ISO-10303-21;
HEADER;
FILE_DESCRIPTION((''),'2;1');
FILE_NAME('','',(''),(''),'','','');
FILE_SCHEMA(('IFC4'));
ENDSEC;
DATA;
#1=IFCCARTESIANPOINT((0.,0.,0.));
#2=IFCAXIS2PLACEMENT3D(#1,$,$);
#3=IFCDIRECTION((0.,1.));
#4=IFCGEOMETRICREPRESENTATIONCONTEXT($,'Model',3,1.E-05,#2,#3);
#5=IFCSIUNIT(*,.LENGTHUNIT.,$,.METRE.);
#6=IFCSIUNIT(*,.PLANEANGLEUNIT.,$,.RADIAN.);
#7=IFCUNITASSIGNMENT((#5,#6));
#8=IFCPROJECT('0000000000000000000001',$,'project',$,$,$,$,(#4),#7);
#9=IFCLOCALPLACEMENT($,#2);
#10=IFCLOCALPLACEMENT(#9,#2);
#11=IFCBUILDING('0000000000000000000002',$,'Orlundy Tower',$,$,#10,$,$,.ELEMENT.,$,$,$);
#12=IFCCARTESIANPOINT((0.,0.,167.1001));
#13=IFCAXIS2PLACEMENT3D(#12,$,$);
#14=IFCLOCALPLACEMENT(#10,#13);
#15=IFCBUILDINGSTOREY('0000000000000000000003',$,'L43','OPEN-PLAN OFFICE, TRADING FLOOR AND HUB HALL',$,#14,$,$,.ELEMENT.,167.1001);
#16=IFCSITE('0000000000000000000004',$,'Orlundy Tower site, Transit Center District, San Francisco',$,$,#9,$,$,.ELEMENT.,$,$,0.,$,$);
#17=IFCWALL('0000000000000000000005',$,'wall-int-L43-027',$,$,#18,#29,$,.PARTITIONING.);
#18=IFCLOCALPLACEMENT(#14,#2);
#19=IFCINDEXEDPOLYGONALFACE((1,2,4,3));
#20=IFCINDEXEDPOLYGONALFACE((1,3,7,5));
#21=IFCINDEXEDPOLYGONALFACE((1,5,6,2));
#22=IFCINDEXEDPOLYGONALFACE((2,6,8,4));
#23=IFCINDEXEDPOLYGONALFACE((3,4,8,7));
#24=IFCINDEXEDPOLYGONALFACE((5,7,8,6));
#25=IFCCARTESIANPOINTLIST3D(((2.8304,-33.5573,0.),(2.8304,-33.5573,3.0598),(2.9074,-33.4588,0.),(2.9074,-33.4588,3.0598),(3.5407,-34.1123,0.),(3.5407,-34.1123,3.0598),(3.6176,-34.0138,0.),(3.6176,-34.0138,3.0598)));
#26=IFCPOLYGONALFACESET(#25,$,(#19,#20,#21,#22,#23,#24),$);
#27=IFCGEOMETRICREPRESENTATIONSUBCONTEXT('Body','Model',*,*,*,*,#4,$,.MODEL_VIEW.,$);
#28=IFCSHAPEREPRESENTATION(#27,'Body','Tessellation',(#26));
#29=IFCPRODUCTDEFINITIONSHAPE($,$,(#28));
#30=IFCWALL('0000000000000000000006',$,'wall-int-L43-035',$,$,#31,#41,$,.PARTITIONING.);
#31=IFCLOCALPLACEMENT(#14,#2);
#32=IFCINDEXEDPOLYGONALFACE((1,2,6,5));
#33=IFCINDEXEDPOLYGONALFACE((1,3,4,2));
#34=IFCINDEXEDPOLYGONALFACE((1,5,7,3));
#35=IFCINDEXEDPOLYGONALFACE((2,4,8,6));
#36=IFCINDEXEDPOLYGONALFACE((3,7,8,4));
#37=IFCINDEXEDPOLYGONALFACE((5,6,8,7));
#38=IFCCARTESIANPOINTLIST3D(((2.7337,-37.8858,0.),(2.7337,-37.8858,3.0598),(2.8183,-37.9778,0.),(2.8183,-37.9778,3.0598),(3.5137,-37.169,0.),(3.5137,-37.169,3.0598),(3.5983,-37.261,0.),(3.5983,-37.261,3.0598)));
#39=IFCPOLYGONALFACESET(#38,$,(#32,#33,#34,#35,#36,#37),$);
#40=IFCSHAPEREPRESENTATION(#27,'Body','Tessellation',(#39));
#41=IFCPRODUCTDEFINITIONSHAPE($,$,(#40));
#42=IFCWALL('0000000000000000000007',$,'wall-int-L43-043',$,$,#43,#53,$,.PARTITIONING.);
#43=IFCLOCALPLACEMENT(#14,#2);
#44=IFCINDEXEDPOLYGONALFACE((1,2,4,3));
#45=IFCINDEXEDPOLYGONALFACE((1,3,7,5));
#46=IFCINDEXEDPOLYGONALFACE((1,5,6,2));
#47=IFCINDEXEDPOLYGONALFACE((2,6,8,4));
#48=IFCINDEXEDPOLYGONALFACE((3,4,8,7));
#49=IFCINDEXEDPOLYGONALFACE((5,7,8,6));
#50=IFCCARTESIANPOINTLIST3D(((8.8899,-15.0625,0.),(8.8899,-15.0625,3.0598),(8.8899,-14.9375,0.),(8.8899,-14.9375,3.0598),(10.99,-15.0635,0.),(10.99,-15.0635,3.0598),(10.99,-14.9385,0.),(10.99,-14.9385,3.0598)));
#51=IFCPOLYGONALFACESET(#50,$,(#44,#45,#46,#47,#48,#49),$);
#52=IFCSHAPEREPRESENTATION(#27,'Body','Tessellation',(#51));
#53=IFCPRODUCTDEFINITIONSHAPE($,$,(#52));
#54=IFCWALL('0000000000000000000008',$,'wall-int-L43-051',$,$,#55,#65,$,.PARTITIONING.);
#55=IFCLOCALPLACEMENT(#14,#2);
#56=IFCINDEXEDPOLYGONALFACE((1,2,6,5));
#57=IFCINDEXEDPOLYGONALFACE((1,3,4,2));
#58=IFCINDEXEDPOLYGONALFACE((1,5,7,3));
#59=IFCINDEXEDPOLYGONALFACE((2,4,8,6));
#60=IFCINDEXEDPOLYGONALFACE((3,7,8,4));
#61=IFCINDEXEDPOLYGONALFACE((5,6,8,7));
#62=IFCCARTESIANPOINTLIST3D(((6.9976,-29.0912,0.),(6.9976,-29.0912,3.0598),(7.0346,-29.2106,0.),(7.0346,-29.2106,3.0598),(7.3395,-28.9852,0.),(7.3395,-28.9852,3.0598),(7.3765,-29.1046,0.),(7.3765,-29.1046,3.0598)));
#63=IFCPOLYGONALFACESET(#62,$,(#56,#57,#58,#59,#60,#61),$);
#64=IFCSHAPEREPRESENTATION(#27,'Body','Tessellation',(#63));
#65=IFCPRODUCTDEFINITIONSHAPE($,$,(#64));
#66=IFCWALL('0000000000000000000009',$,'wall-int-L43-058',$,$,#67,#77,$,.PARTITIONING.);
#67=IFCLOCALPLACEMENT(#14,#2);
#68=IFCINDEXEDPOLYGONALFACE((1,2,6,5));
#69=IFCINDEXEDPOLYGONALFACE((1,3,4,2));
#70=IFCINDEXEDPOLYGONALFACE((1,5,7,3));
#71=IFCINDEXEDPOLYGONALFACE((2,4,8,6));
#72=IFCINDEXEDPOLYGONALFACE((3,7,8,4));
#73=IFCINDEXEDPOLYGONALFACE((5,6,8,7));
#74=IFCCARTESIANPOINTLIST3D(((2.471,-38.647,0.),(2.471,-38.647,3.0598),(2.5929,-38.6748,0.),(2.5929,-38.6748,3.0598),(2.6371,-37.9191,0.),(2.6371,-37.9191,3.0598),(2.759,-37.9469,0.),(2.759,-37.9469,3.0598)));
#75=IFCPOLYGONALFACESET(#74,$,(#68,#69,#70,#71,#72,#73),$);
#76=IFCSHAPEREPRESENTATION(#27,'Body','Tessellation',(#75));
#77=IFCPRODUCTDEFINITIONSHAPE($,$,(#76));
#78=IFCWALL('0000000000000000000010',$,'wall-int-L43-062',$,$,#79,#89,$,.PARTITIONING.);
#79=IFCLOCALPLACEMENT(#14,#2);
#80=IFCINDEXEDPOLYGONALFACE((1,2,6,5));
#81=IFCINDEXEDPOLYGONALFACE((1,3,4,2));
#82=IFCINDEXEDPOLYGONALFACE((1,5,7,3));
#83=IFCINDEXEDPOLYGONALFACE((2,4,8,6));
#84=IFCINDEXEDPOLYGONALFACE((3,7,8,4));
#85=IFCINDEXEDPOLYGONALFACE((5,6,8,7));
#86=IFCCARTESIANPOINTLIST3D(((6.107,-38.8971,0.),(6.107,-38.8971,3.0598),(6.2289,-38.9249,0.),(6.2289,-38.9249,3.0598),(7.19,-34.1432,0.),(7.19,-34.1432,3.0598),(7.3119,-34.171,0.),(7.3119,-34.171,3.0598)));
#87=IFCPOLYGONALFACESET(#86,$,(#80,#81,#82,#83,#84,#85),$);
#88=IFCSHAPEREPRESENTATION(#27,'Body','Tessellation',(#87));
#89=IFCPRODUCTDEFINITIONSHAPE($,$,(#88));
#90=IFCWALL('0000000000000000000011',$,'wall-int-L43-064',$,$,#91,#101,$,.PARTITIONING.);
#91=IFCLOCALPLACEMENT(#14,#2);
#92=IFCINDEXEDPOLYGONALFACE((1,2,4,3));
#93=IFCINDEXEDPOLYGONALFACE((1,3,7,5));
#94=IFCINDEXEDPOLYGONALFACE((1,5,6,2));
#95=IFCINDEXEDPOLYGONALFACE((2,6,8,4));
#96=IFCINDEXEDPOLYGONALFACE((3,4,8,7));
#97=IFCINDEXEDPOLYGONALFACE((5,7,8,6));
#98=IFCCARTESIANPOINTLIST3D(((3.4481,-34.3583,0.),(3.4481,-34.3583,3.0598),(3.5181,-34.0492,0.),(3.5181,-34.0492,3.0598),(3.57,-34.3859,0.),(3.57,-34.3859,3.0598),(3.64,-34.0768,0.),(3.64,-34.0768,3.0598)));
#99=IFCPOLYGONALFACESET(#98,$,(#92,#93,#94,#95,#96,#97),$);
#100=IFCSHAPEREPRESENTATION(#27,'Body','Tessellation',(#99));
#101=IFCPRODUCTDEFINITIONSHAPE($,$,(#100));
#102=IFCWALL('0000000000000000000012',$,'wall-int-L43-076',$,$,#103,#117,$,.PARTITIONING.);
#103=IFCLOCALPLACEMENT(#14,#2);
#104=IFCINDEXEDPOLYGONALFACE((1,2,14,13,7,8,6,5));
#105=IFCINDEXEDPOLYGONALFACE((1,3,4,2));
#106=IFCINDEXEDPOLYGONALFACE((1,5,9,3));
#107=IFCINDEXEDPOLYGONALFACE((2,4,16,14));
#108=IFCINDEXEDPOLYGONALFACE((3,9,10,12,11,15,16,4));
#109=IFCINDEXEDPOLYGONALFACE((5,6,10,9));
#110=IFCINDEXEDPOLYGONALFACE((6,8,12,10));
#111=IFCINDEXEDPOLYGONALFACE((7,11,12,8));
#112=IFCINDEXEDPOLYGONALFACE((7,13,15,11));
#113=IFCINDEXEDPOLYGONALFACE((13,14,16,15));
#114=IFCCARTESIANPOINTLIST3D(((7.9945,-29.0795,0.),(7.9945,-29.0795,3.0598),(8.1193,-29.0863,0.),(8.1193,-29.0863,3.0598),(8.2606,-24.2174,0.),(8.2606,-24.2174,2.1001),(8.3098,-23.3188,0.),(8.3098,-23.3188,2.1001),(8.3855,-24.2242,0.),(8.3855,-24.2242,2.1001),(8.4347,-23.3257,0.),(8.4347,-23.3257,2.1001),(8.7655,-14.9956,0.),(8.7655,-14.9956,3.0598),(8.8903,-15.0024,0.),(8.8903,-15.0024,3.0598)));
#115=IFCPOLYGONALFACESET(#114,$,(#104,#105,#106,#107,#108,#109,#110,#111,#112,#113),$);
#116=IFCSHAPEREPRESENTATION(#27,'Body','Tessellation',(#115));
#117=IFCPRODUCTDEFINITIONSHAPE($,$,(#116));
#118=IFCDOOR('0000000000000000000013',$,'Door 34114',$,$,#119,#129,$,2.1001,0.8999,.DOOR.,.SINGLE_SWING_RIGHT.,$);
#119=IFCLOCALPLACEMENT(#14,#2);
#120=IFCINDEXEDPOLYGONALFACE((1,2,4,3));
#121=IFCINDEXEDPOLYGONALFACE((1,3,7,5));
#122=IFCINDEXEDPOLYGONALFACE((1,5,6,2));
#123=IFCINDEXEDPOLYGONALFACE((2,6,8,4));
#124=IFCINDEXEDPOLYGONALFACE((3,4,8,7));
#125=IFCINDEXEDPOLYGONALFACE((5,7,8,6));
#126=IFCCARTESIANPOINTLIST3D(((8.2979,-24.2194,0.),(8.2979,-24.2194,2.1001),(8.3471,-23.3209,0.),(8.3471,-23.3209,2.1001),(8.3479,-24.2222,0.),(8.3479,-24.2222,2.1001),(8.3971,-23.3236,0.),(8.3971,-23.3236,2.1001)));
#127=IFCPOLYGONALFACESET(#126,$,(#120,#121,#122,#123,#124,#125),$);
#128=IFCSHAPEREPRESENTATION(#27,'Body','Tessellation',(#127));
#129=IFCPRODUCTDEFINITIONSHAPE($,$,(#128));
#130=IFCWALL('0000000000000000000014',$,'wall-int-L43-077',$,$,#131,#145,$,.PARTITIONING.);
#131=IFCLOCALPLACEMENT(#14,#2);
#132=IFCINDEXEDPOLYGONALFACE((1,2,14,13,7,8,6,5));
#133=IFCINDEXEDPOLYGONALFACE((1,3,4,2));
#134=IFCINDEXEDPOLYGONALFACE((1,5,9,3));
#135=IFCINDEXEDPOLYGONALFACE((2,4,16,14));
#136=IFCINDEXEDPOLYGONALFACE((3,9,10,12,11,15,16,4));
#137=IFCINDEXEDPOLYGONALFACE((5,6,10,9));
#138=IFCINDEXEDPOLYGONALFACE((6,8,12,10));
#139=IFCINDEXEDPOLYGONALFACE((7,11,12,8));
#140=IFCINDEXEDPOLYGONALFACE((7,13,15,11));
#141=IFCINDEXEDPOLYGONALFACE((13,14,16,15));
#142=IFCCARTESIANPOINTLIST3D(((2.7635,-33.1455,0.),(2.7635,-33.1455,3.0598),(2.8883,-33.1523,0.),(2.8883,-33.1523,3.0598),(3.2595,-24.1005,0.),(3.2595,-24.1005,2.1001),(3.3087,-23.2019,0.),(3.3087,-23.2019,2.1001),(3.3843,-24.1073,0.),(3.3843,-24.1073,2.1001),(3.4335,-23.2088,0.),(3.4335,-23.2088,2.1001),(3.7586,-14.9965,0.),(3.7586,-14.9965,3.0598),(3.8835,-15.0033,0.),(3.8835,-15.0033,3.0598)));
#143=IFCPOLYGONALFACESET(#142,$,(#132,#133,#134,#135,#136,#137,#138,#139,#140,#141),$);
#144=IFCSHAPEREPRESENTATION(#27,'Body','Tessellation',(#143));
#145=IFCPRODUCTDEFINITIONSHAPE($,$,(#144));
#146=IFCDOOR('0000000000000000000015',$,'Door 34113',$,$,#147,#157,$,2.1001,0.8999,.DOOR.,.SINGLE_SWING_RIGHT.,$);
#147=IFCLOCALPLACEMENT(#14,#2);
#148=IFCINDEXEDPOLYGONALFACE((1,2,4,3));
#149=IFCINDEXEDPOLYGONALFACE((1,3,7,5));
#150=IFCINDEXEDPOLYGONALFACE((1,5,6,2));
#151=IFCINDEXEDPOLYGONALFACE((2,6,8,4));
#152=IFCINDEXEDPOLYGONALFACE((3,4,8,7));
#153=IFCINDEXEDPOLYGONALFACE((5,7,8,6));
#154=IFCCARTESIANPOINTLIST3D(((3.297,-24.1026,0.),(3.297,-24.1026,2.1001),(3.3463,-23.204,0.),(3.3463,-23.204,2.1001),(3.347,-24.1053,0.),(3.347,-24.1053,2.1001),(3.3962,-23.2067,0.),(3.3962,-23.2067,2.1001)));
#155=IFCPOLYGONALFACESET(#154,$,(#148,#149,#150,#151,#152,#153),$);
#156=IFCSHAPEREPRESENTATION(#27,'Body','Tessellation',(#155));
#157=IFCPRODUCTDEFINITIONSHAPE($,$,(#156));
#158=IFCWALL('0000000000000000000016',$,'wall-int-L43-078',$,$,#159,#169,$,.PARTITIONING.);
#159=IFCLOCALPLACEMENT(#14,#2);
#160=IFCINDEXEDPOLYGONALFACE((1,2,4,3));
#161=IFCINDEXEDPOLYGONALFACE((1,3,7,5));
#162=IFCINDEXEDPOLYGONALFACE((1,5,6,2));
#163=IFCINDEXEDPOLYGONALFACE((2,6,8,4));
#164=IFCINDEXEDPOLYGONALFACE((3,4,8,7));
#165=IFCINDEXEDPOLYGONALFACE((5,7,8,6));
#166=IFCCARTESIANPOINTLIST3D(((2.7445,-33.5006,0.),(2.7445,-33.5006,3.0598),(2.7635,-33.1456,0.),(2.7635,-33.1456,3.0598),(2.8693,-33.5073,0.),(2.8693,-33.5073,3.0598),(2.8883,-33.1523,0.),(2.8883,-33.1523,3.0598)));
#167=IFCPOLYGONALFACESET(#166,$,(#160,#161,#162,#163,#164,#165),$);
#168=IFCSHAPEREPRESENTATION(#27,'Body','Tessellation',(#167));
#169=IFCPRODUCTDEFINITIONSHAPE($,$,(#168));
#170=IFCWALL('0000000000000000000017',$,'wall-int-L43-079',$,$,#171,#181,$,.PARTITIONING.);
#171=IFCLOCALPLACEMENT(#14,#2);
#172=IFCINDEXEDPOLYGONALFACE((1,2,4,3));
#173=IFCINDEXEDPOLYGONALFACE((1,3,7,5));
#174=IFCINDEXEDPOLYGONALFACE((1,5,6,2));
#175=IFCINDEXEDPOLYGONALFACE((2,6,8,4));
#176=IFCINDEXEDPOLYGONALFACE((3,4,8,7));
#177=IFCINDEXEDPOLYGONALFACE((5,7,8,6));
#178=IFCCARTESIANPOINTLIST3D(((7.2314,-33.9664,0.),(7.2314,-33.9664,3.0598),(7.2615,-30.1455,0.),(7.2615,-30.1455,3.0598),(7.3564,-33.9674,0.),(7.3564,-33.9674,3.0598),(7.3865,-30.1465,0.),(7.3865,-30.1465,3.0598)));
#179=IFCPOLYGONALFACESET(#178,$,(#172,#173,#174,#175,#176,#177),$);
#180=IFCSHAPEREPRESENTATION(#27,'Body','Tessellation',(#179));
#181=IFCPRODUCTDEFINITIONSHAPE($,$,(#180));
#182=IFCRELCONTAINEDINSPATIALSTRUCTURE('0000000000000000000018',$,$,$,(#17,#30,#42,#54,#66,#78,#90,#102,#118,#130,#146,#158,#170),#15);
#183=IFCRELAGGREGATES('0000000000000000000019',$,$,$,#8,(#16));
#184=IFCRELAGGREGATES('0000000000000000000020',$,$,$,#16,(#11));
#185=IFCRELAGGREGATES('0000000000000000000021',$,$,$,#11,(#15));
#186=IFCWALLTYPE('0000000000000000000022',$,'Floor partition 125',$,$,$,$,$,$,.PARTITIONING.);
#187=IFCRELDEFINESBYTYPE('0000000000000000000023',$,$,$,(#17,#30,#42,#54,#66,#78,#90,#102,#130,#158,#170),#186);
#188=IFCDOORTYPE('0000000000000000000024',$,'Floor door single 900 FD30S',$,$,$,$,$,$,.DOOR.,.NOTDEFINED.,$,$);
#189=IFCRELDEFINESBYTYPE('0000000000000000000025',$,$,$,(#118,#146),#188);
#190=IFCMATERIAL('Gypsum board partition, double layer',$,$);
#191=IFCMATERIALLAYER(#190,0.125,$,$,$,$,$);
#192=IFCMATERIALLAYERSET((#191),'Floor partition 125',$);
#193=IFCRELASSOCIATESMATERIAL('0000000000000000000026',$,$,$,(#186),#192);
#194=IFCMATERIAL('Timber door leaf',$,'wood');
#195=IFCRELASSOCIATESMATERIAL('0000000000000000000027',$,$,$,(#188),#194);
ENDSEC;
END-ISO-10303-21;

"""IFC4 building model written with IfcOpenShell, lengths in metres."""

from ifc_helpers import new_model, si_unit, direction, frame, frame_2d, origin, place, context, subcontext, project, spatial, rectangle, extrude, material, layer, layer_set, type_object, element, fill, save


model = new_model("IFC4")

# Units and contexts
model_context = context("Model", 3, precision=1e-05, world=origin(), true_north=direction((0.0, 1.0)))
body_context = subcontext(model_context, "Body", "Model", "MODEL_VIEW")
ifc_project = project(units=[si_unit("LENGTHUNIT", "METRE"), si_unit("PLANEANGLEUNIT", "RADIAN")], contexts=[model_context])

# Site, building, storey
site_placement = place(None, origin())
site = spatial("IfcSite", under=ifc_project, at=site_placement, Name="Orlundy Tower site, Transit Center District, San Francisco", CompositionType="ELEMENT", RefElevation=0.0)
building_placement = place(site_placement, origin())
building = spatial("IfcBuilding", under=site, at=building_placement, Name="Orlundy Tower", CompositionType="ELEMENT")
storey_placement = place(building_placement, frame((0.0, 0.0, 167.1001)))
storey = spatial("IfcBuildingStorey", under=building, at=storey_placement, Name="L43", Description="OPEN-PLAN OFFICE, TRADING FLOOR AND HUB HALL", CompositionType="ELEMENT", Elevation=167.1001)

# Walls
ifc_material_1 = material(Name="Gypsum board partition, double layer")
ifc_layer_1 = layer(ifc_material_1, 0.125)
ifc_layer_set_1 = layer_set([ifc_layer_1], Name="Floor partition 125")
wall_type_1 = type_object("IfcWallType", Name="Floor partition 125", PredefinedType="PARTITIONING", material=ifc_layer_set_1)
wall_1_placement = place(storey_placement, frame((2.8689, -33.5081, 0.0), z_axis=(0.0, 0.0, 1.0), x_axis=(0.787979, -0.615702, 0.0)))
element("IfcWall", 1, at=wall_1_placement, inside=storey, type_object=wall_type_1, Name="wall-int-L43-027", PredefinedType="PARTITIONING", context=body_context, shape_type="SweptSolid", body=[
    extrude(rectangle(XDim=0.9014, YDim=0.125, at=frame_2d((0.4507, 0.0))), origin(), (0.0, 0.0, 1.0), 3.0598),
])
wall_2_placement = place(storey_placement, frame((2.7759, -37.9319, 0.0), z_axis=(0.0, 0.0, 1.0), x_axis=(0.736321, 0.676632, 0.0)))
element("IfcWall", 2, at=wall_2_placement, inside=storey, type_object=wall_type_1, Name="wall-int-L43-035", PredefinedType="PARTITIONING", context=body_context, shape_type="SweptSolid", body=[
    extrude(rectangle(XDim=1.0593, YDim=0.125, at=frame_2d((0.5298, 0.0))), origin(), (0.0, 0.0, 1.0), 3.0598),
])
wall_3_placement = place(storey_placement, frame((8.8899, -15.0, 0.0), z_axis=(0.0, 0.0, 1.0), x_axis=(1.0, -0.000465, 0.0)))
element("IfcWall", 3, at=wall_3_placement, inside=storey, type_object=wall_type_1, Name="wall-int-L43-043", PredefinedType="PARTITIONING", context=body_context, shape_type="SweptSolid", body=[
    extrude(rectangle(XDim=2.1001, YDim=0.125, at=frame_2d((1.05, 0.0))), origin(), (0.0, 0.0, 1.0), 3.0598),
])
wall_4_placement = place(storey_placement, frame((7.0161, -29.1509, 0.0), z_axis=(0.0, 0.0, 1.0), x_axis=(0.955157, 0.296099, 0.0)))
element("IfcWall", 4, at=wall_4_placement, inside=storey, type_object=wall_type_1, Name="wall-int-L43-051", PredefinedType="PARTITIONING", context=body_context, shape_type="SweptSolid", body=[
    extrude(rectangle(XDim=0.3579, YDim=0.125, at=frame_2d((0.179, 0.0))), origin(), (0.0, 0.0, 1.0), 3.0598),
])
wall_5_placement = place(storey_placement, frame((2.532, -38.6609, 0.0), z_axis=(0.0, 0.0, 1.0), x_axis=(0.222399, 0.974956, 0.0)))
element("IfcWall", 5, at=wall_5_placement, inside=storey, type_object=wall_type_1, Name="wall-int-L43-058", PredefinedType="PARTITIONING", context=body_context, shape_type="SweptSolid", body=[
    extrude(rectangle(XDim=0.7466, YDim=0.125, at=frame_2d((0.3733, 0.0))), origin(), (0.0, 0.0, 1.0), 3.0598),
])
wall_6_placement = place(storey_placement, frame((7.251, -34.157, 0.0), z_axis=(0.0, 0.0, 1.0), x_axis=(-0.222123, -0.975019, 0.0)))
element("IfcWall", 6, at=wall_6_placement, inside=storey, type_object=wall_type_1, Name="wall-int-L43-062", PredefinedType="PARTITIONING", context=body_context, shape_type="SweptSolid", body=[
    extrude(rectangle(XDim=4.8757, YDim=0.125, at=frame_2d((2.438, 0.0))), origin(), (0.0, 0.0, 1.0), 3.0598),
])
wall_7_placement = place(storey_placement, frame((3.509, -34.3721, 0.0), z_axis=(0.0, 0.0, 1.0), x_axis=(0.221088, 0.975254, 0.0)))
element("IfcWall", 7, at=wall_7_placement, inside=storey, type_object=wall_type_1, Name="wall-int-L43-064", PredefinedType="PARTITIONING", context=body_context, shape_type="SweptSolid", body=[
    extrude(rectangle(XDim=0.3169, YDim=0.125, at=frame_2d((0.1584, 0.0))), origin(), (0.0, 0.0, 1.0), 3.0598),
])

# Walls, openings, doors
wall_8_placement = place(storey_placement, frame((8.8279, -14.999, 0.0), z_axis=(0.0, 0.0, 1.0), x_axis=(-0.054661, -0.998505, 0.0)))
wall_8 = element("IfcWall", 8, at=wall_8_placement, inside=storey, type_object=wall_type_1, Name="wall-int-L43-076", PredefinedType="PARTITIONING", context=body_context, shape_type="SweptSolid", body=[
    extrude(rectangle(XDim=14.105, YDim=0.125, at=frame_2d((7.0525, 0.0))), origin(), (0.0, 0.0, 1.0), 3.0598),
])
opening_1_placement = place(wall_8_placement, frame((8.3357, 0.0, 0.0)))
opening_1 = element("IfcOpeningElement", 9, at=opening_1_placement, cuts=wall_8, PredefinedType="OPENING", context=body_context, shape_type="SweptSolid", body=[
    extrude(rectangle(XDim=0.8999, YDim=2.1001, at=frame_2d((0.45, 1.05))), frame((0.0, 0.0725, 0.0), z_axis=(0.0, -1.0, 0.0), x_axis=(1.0, 0.0, 0.0)), (0.0, 0.0, 1.0), 0.145),
])
ifc_material_2 = material(Name="Timber door leaf", Category="wood")
door_type = type_object("IfcDoorType", Name="Floor door single 900 FD30S", OperationType="NOTDEFINED", PredefinedType="DOOR", material=ifc_material_2)
door_1_placement = place(opening_1_placement, origin())
door_1 = element("IfcDoor", 10, at=door_1_placement, inside=storey, type_object=door_type, Name="Door 34114", OperationType="SINGLE_SWING_RIGHT", OverallHeight=2.1001, OverallWidth=0.8999, PredefinedType="DOOR", context=body_context, shape_type="SweptSolid", body=[
    extrude(rectangle(XDim=0.8999, YDim=2.1001, at=frame_2d((0.45, 1.05))), frame((0.0, 0.0249, 0.0), z_axis=(0.0, -1.0, 0.0), x_axis=(1.0, 0.0, 0.0)), (0.0, 0.0, 1.0), 0.05),
])
fill(opening_1, door_1)
wall_9_placement = place(storey_placement, frame((2.8259, -33.1489, 0.0), z_axis=(0.0, 0.0, 1.0), x_axis=(0.054748, 0.9985, 0.0)))
wall_9 = element("IfcWall", 11, at=wall_9_placement, inside=storey, type_object=wall_type_1, Name="wall-int-L43-077", PredefinedType="PARTITIONING", context=body_context, shape_type="SweptSolid", body=[
    extrude(rectangle(XDim=18.1763, YDim=0.125, at=frame_2d((9.0881, 0.0))), origin(), (0.0, 0.0, 1.0), 3.0598),
])
opening_2_placement = place(wall_9_placement, frame((9.0586, 0.0, 0.0)))
opening_2 = element("IfcOpeningElement", 12, at=opening_2_placement, cuts=wall_9, PredefinedType="OPENING", context=body_context, shape_type="SweptSolid", body=[
    extrude(rectangle(XDim=0.8999, YDim=2.1001, at=frame_2d((0.45, 1.05))), frame((0.0, 0.0725, 0.0), z_axis=(0.0, -1.0, 0.0), x_axis=(1.0, 0.0, 0.0)), (0.0, 0.0, 1.0), 0.145),
])
door_2_placement = place(opening_2_placement, origin())
door_2 = element("IfcDoor", 13, at=door_2_placement, inside=storey, type_object=door_type, Name="Door 34113", OperationType="SINGLE_SWING_RIGHT", OverallHeight=2.1001, OverallWidth=0.8999, PredefinedType="DOOR", context=body_context, shape_type="SweptSolid", body=[
    extrude(rectangle(XDim=0.8999, YDim=2.1001, at=frame_2d((0.45, 1.05))), frame((0.0, 0.0249, 0.0), z_axis=(0.0, -1.0, 0.0), x_axis=(1.0, 0.0, 0.0)), (0.0, 0.0, 1.0), 0.05),
])
fill(opening_2, door_2)

# Walls
wall_10_placement = place(storey_placement, frame((2.8069, -33.5039, 0.0), z_axis=(0.0, 0.0, 1.0), x_axis=(0.053568, 0.998564, 0.0)))
element("IfcWall", 14, at=wall_10_placement, inside=storey, type_object=wall_type_1, Name="wall-int-L43-078", PredefinedType="PARTITIONING", context=body_context, shape_type="SweptSolid", body=[
    extrude(rectangle(XDim=0.3555, YDim=0.125, at=frame_2d((0.1777, 0.0))), origin(), (0.0, 0.0, 1.0), 3.0598),
])
wall_11_placement = place(storey_placement, frame((7.2939, -33.967, 0.0), z_axis=(0.0, 0.0, 1.0), x_axis=(0.007859, 0.999969, 0.0)))
element("IfcWall", 15, at=wall_11_placement, inside=storey, type_object=wall_type_1, Name="wall-int-L43-079", PredefinedType="PARTITIONING", context=body_context, shape_type="SweptSolid", body=[
    extrude(rectangle(XDim=3.821, YDim=0.125, at=frame_2d((1.9106, 0.0))), origin(), (0.0, 0.0, 1.0), 3.0598),
])

save(model, "model.ifc")
